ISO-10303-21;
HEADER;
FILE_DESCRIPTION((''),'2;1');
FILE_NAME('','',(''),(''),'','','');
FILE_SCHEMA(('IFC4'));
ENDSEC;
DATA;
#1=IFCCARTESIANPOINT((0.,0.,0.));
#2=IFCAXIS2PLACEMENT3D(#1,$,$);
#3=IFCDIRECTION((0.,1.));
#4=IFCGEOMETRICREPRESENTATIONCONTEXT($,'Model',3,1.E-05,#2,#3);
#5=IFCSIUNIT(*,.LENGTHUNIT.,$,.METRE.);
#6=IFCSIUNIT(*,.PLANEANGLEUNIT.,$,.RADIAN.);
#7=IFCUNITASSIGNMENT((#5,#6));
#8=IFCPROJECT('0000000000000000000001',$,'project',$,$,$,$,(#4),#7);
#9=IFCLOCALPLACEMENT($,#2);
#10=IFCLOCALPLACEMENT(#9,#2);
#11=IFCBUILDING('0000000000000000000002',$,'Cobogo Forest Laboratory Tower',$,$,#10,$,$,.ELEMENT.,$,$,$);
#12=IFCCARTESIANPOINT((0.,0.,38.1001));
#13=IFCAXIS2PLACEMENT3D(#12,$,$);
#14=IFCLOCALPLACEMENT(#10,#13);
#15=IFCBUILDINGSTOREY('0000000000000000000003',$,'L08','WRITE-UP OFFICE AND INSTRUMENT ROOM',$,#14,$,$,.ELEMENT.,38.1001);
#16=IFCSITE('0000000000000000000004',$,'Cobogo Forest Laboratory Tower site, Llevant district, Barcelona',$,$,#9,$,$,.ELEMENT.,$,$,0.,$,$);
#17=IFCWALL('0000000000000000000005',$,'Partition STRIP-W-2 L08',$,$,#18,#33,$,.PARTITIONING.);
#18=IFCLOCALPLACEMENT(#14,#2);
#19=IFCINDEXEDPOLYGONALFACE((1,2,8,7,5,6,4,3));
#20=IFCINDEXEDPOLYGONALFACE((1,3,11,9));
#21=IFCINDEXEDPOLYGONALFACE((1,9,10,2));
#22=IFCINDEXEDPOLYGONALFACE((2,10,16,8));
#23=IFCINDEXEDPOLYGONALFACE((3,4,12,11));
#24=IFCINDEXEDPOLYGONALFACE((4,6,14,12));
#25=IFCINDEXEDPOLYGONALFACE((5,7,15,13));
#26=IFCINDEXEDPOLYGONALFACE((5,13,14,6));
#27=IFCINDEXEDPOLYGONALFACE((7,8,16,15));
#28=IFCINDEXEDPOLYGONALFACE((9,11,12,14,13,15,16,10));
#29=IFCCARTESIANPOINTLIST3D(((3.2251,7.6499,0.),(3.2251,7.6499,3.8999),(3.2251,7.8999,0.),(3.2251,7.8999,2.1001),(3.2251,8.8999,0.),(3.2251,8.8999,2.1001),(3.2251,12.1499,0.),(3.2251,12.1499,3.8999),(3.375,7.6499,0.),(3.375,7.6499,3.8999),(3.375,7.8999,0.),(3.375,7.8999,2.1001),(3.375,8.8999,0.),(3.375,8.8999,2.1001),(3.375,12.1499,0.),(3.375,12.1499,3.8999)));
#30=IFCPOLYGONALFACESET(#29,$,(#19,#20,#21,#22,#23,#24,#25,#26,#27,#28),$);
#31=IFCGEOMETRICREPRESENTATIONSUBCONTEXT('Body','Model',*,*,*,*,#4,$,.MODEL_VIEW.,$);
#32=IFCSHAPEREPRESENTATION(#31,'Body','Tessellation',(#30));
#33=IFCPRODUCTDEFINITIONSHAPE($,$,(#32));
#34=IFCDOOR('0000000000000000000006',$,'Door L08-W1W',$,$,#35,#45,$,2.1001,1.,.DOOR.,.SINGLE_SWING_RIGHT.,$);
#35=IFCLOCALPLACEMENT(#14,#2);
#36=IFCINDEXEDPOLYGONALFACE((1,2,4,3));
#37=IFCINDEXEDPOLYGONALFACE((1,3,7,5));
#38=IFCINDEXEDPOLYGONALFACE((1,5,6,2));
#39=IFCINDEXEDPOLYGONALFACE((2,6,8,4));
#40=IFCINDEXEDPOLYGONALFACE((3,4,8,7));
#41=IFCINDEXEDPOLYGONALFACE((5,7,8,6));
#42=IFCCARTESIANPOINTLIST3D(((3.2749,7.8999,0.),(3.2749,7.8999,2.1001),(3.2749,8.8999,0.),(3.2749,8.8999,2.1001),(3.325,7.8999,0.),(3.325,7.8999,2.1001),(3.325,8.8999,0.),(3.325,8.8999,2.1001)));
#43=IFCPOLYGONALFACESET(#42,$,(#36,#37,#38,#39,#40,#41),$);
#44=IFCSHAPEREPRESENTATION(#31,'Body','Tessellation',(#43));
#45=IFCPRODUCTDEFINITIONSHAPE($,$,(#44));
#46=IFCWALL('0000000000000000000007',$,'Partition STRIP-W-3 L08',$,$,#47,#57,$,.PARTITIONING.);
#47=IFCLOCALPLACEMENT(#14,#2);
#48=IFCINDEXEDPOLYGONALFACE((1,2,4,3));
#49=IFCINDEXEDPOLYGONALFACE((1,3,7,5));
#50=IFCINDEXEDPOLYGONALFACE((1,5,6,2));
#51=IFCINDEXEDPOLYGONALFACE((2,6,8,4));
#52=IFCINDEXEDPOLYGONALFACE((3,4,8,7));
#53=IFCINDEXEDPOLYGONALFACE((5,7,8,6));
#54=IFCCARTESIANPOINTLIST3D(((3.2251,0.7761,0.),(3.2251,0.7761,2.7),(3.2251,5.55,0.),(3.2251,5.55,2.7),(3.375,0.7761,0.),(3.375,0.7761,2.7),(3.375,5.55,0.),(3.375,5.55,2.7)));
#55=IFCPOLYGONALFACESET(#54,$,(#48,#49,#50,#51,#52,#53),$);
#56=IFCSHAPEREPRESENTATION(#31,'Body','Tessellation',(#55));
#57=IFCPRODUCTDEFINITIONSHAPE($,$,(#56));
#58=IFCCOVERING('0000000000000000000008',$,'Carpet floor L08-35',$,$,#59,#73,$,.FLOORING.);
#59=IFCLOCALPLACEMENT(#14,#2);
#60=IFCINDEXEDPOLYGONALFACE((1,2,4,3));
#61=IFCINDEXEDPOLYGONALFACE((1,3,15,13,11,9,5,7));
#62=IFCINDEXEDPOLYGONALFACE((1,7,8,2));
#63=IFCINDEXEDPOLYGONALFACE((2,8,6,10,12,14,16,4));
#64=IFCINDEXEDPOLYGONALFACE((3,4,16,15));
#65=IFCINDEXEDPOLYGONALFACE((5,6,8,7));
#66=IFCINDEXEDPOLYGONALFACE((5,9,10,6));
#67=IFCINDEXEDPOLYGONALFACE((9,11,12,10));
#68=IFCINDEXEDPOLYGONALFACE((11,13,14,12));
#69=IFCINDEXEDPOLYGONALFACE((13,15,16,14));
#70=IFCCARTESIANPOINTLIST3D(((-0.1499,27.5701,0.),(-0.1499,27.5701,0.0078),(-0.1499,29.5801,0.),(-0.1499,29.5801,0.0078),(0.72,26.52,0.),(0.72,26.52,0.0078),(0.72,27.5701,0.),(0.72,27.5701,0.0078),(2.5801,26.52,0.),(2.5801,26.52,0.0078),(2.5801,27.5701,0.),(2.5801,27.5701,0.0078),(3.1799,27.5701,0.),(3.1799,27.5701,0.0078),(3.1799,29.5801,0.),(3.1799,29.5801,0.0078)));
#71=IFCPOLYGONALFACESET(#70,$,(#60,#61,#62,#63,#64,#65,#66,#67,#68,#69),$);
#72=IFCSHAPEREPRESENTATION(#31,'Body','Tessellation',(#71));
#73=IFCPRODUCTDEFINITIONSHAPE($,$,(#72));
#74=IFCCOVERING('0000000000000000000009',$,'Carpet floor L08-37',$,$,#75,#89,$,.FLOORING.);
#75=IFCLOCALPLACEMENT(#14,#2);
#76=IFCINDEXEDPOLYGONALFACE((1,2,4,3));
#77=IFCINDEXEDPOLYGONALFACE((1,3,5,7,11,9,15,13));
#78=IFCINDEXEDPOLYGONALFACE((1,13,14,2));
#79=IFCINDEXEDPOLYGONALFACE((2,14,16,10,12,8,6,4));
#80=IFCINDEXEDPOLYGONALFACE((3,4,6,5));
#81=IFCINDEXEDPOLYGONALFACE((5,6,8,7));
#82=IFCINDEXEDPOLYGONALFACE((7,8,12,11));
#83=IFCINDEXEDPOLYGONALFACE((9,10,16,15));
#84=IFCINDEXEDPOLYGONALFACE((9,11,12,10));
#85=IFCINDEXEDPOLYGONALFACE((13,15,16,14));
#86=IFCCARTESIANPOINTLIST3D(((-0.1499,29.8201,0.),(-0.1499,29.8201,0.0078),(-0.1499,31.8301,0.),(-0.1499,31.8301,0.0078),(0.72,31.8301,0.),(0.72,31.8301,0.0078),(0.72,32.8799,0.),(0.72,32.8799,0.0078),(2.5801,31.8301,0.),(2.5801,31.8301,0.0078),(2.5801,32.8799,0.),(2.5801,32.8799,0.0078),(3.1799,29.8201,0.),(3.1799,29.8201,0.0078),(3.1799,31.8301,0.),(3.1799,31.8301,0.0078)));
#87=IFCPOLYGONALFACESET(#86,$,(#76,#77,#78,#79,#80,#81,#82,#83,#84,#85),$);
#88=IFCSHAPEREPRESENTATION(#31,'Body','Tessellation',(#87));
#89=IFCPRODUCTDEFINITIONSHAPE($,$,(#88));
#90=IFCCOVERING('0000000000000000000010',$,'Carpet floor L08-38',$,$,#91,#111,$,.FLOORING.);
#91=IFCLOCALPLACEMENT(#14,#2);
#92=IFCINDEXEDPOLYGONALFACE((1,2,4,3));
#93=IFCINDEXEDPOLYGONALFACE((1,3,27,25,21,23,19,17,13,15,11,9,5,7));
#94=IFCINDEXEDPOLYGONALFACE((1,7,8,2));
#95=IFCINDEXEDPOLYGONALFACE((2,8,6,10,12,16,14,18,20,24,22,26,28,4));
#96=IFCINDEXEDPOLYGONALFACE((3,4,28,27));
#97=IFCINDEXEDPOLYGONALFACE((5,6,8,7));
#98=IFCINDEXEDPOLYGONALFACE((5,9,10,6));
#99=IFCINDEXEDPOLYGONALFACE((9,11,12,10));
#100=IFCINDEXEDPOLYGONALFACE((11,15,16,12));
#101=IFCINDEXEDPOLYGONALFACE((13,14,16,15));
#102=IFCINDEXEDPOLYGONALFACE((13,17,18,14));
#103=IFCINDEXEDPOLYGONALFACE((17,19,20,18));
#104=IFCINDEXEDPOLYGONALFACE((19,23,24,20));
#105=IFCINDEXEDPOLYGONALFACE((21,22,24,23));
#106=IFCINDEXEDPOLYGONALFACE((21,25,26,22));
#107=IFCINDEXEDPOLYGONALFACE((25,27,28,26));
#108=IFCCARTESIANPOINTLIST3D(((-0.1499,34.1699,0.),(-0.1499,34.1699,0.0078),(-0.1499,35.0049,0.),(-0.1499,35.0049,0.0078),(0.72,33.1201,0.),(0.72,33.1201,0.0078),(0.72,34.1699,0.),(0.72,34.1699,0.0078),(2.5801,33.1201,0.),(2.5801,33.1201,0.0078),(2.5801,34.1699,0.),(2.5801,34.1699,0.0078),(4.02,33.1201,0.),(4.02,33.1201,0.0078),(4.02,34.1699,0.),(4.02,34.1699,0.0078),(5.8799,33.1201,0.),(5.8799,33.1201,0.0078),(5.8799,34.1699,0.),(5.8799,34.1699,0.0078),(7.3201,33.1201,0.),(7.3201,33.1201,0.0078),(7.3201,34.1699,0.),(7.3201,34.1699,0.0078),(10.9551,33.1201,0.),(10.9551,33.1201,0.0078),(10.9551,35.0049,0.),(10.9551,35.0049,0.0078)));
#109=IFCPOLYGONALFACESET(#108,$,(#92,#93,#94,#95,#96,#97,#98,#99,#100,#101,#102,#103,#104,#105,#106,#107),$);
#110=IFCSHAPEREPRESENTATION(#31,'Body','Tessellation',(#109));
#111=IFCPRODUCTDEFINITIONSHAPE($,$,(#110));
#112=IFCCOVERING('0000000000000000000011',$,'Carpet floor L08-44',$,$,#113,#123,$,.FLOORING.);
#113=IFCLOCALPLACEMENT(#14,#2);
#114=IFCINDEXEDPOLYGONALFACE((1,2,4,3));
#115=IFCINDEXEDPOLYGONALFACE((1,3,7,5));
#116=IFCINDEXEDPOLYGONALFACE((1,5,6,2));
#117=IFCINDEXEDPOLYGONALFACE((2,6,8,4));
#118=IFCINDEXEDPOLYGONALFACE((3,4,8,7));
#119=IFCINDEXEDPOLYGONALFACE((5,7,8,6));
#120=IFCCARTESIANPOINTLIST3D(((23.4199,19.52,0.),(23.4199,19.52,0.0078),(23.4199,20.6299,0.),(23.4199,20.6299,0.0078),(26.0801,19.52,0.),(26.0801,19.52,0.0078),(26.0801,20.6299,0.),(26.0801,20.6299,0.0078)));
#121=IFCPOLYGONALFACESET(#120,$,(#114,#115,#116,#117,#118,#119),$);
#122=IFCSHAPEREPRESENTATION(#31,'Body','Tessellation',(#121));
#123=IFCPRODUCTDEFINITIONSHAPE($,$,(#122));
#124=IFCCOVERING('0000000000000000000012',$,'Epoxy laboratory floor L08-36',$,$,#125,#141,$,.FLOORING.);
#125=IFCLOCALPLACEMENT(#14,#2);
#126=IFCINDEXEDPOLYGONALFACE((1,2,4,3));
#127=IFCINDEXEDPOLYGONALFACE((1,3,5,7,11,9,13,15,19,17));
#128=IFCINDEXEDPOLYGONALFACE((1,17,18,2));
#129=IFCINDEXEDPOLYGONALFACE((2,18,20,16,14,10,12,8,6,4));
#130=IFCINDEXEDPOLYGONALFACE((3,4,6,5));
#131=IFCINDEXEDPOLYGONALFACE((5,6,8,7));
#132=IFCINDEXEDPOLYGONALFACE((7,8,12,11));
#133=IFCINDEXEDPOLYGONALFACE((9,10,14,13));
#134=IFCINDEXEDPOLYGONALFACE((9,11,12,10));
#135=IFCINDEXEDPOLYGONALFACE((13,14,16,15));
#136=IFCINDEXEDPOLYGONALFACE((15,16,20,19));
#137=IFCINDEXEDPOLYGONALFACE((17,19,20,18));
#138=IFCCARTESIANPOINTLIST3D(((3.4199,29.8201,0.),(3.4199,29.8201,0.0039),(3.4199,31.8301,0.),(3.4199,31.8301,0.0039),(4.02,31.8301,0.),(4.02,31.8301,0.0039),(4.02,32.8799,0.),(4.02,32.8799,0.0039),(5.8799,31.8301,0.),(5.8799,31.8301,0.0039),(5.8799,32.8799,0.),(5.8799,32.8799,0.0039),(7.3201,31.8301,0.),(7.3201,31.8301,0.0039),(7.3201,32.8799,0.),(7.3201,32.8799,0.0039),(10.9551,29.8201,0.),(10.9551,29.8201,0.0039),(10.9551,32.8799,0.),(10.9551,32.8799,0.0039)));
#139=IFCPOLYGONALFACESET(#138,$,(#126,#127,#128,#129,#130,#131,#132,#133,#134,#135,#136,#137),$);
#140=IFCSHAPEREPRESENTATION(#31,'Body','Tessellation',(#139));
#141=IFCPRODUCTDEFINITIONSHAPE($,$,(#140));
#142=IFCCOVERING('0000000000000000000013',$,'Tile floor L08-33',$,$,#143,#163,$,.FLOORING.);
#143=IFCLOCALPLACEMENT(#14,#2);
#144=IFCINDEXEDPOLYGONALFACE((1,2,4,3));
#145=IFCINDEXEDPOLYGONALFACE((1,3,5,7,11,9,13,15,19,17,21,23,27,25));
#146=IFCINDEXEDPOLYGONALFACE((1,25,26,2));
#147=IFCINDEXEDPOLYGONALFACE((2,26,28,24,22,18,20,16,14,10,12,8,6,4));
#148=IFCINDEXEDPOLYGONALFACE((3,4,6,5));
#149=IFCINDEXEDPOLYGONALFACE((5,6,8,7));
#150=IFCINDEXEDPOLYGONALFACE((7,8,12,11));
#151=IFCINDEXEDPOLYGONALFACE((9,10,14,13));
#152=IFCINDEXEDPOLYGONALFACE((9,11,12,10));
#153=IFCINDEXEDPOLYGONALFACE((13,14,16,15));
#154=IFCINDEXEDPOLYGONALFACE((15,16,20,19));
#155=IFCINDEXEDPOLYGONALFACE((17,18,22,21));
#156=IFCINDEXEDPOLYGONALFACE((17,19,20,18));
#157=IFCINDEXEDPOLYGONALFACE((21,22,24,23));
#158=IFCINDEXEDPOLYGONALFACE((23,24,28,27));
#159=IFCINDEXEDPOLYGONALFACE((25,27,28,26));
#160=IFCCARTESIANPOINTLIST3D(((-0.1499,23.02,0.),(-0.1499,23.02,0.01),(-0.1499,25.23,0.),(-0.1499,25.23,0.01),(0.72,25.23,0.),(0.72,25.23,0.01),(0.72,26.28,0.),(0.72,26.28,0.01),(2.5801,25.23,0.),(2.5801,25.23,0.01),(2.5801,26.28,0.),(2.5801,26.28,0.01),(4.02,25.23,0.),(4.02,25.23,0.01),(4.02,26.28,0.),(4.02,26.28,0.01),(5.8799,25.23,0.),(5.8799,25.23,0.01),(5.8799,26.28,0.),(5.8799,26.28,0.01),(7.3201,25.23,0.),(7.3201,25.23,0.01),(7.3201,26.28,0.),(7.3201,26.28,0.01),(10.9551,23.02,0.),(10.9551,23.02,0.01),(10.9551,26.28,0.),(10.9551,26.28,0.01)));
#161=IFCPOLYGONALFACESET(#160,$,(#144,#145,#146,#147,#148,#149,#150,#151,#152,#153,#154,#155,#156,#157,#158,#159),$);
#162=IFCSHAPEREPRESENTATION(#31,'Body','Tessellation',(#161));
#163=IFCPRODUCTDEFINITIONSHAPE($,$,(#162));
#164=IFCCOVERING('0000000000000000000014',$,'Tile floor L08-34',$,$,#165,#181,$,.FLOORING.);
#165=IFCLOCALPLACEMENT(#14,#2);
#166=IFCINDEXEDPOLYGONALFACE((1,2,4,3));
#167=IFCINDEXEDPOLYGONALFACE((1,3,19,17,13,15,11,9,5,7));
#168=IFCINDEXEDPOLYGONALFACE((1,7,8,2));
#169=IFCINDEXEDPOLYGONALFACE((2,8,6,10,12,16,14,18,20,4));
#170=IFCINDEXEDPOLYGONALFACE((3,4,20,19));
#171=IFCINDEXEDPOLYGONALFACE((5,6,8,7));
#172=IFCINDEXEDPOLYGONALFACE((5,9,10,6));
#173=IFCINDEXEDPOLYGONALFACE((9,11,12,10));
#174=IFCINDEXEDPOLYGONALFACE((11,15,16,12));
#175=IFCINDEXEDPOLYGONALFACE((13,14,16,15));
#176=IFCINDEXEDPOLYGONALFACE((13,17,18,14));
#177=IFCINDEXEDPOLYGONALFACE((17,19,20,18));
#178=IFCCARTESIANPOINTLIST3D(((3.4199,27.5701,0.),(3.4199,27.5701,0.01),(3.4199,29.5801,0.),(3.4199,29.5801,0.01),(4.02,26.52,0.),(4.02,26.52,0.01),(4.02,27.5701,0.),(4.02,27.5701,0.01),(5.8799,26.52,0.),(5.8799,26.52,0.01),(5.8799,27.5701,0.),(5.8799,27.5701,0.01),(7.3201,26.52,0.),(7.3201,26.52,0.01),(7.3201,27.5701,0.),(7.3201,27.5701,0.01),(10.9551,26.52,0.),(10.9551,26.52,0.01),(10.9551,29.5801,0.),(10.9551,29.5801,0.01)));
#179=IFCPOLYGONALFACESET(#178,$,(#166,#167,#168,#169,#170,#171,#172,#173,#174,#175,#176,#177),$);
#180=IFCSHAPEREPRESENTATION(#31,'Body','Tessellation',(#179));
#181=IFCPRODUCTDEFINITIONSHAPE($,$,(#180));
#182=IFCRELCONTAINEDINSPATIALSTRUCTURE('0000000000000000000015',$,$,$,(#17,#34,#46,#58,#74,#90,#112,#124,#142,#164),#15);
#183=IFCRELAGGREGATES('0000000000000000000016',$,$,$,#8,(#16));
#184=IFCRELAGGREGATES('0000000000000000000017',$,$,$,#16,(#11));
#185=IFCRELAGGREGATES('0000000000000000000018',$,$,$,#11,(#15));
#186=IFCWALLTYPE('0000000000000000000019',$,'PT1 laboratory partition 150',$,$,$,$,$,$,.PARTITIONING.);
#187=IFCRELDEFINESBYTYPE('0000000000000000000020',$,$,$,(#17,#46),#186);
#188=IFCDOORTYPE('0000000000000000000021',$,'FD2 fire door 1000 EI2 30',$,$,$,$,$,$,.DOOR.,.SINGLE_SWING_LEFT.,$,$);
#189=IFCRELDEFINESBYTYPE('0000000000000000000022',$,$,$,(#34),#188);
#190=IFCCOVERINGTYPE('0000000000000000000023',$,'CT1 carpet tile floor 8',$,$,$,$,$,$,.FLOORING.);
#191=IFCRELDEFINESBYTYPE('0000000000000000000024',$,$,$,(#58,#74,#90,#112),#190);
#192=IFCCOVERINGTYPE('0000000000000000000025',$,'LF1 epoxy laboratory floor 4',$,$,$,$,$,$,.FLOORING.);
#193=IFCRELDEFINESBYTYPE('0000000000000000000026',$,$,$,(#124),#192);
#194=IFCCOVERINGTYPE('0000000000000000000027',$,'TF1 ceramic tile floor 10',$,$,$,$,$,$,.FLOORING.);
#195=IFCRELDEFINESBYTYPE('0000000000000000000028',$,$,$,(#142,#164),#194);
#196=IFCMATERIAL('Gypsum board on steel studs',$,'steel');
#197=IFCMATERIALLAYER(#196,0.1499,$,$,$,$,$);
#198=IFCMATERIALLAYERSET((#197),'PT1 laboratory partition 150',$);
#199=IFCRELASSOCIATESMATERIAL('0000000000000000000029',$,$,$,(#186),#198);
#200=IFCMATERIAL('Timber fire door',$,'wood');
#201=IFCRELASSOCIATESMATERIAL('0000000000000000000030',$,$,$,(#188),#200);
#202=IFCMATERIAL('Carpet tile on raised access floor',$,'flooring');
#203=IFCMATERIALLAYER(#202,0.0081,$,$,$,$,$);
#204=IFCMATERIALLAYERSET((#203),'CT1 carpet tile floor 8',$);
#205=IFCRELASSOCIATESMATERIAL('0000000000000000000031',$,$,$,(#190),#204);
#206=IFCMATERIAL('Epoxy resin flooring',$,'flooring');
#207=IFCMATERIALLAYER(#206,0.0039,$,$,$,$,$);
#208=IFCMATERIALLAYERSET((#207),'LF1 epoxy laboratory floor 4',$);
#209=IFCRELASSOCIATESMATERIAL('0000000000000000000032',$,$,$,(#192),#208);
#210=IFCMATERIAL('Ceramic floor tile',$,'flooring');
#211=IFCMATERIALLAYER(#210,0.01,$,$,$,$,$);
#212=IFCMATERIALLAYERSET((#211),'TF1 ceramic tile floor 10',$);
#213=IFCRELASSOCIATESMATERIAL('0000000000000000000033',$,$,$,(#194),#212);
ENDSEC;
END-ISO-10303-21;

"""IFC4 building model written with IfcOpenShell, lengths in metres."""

from ifc_helpers import new_model, si_unit, direction, frame, frame_2d, origin, place, context, subcontext, project, spatial, polyline, rectangle, outline, extrude, material, layer, layer_set, type_object, element, fill, save


model = new_model("IFC4")

# Units and contexts
model_context = context("Model", 3, precision=1e-05, world=origin(), true_north=direction((0.0, 1.0)))
body_context = subcontext(model_context, "Body", "Model", "MODEL_VIEW")
ifc_project = project(units=[si_unit("LENGTHUNIT", "METRE"), si_unit("PLANEANGLEUNIT", "RADIAN")], contexts=[model_context])

# Site, building, storey
site_placement = place(None, origin())
site = spatial("IfcSite", under=ifc_project, at=site_placement, Name="Cobogo Forest Laboratory Tower site, Llevant district, Barcelona", CompositionType="ELEMENT", RefElevation=0.0)
building_placement = place(site_placement, origin())
building = spatial("IfcBuilding", under=site, at=building_placement, Name="Cobogo Forest Laboratory Tower", CompositionType="ELEMENT")
storey_placement = place(building_placement, frame((0.0, 0.0, 38.1001)))
storey = spatial("IfcBuildingStorey", under=building, at=storey_placement, Name="L08", Description="WRITE-UP OFFICE AND INSTRUMENT ROOM", CompositionType="ELEMENT", Elevation=38.1001)

# Wall, opening, door
ifc_material_1 = material(Name="Gypsum board on steel studs", Category="steel")
ifc_layer_1 = layer(ifc_material_1, 0.1499)
ifc_layer_set_1 = layer_set([ifc_layer_1], Name="PT1 laboratory partition 150")
wall_type = type_object("IfcWallType", Name="PT1 laboratory partition 150", PredefinedType="PARTITIONING", material=ifc_layer_set_1)
wall_1_placement = place(storey_placement, frame((3.3, 12.1499, 0.0), z_axis=(0.0, 0.0, 1.0), x_axis=(0.0, -1.0, 0.0)))
wall_1 = element("IfcWall", 1, at=wall_1_placement, inside=storey, type_object=wall_type, Name="Partition STRIP-W-2 L08", PredefinedType="PARTITIONING", context=body_context, shape_type="SweptSolid", body=[
    extrude(rectangle(XDim=4.5, YDim=0.1499, at=frame_2d((2.25, 0.0))), origin(), (0.0, 0.0, 1.0), 3.8999),
])
opening_placement = place(wall_1_placement, frame((3.25, 0.0, 0.0)))
opening = element("IfcOpeningElement", 2, at=opening_placement, cuts=wall_1, PredefinedType="OPENING", context=body_context, shape_type="SweptSolid", body=[
    extrude(rectangle(XDim=1.0, YDim=2.1001, at=frame_2d((0.5, 1.05))), frame((0.0, 0.085, 0.0), z_axis=(0.0, -1.0, 0.0), x_axis=(1.0, 0.0, 0.0)), (0.0, 0.0, 1.0), 0.1699),
])
ifc_material_2 = material(Name="Timber fire door", Category="wood")
door_type = type_object("IfcDoorType", Name="FD2 fire door 1000 EI2 30", OperationType="SINGLE_SWING_LEFT", PredefinedType="DOOR", material=ifc_material_2)
door_placement = place(opening_placement, origin())
door = element("IfcDoor", 3, at=door_placement, inside=storey, type_object=door_type, Name="Door L08-W1W", OperationType="SINGLE_SWING_RIGHT", OverallHeight=2.1001, OverallWidth=1.0, PredefinedType="DOOR", context=body_context, shape_type="SweptSolid", body=[
    extrude(rectangle(XDim=1.0, YDim=2.1001, at=frame_2d((0.5, 1.05))), frame((0.0, 0.0249, 0.0), z_axis=(0.0, -1.0, 0.0), x_axis=(1.0, 0.0, 0.0)), (0.0, 0.0, 1.0), 0.05),
])
fill(opening, door)

# Wall
wall_2_placement = place(storey_placement, frame((3.3, 5.55, 0.0), z_axis=(0.0, 0.0, 1.0), x_axis=(0.0, -1.0, 0.0)))
element("IfcWall", 4, at=wall_2_placement, inside=storey, type_object=wall_type, Name="Partition STRIP-W-3 L08", PredefinedType="PARTITIONING", context=body_context, shape_type="SweptSolid", body=[
    extrude(rectangle(XDim=4.7739, YDim=0.1499, at=frame_2d((2.387, 0.0))), origin(), (0.0, 0.0, 1.0), 2.7),
])

# Coverings
ifc_material_3 = material(Name="Carpet tile on raised access floor", Category="flooring")
ifc_layer_2 = layer(ifc_material_3, 0.0081)
ifc_layer_set_2 = layer_set([ifc_layer_2], Name="CT1 carpet tile floor 8")
covering_type_1 = type_object("IfcCoveringType", Name="CT1 carpet tile floor 8", PredefinedType="FLOORING", material=ifc_layer_set_2)
covering_1_placement = place(storey_placement, origin())
element("IfcCovering", 5, at=covering_1_placement, inside=storey, type_object=covering_type_1, Name="Carpet floor L08-35", PredefinedType="FLOORING", context=body_context, shape_type="SweptSolid", body=[
    extrude(outline(polyline([(3.1799, 27.5701), (2.5801, 27.5701), (2.5801, 26.52), (0.72, 26.52), (0.72, 27.5701), (-0.1499, 27.5701), (-0.1499, 29.5801), (3.1799, 29.5801), (3.1799, 27.5701)])), origin(), (0.0, 0.0, 1.0), 0.0078),
])
covering_2_placement = place(storey_placement, origin())
element("IfcCovering", 6, at=covering_2_placement, inside=storey, type_object=covering_type_1, Name="Carpet floor L08-37", PredefinedType="FLOORING", context=body_context, shape_type="SweptSolid", body=[
    extrude(outline(polyline([(3.1799, 29.8201), (-0.1499, 29.8201), (-0.1499, 31.8301), (0.72, 31.8301), (0.72, 32.8799), (2.5801, 32.8799), (2.5801, 31.8301), (3.1799, 31.8301), (3.1799, 29.8201)])), origin(), (0.0, 0.0, 1.0), 0.0078),
])
covering_3_placement = place(storey_placement, origin())
element("IfcCovering", 7, at=covering_3_placement, inside=storey, type_object=covering_type_1, Name="Carpet floor L08-38", PredefinedType="FLOORING", context=body_context, shape_type="SweptSolid", body=[
    extrude(outline(polyline([(10.9551, 33.1201), (7.3201, 33.1201), (7.3201, 34.1699), (5.8799, 34.1699), (5.8799, 33.1201), (4.02, 33.1201), (4.02, 34.1699), (2.5801, 34.1699), (2.5801, 33.1201), (0.72, 33.1201), (0.72, 34.1699), (-0.1499, 34.1699), (-0.1499, 35.0049), (10.9551, 35.0049), (10.9551, 33.1201)])), origin(), (0.0, 0.0, 1.0), 0.0078),
])
covering_4_placement = place(storey_placement, origin())
element("IfcCovering", 8, at=covering_4_placement, inside=storey, type_object=covering_type_1, Name="Carpet floor L08-44", PredefinedType="FLOORING", context=body_context, shape_type="SweptSolid", body=[
    extrude(outline(polyline([(26.0801, 19.52), (23.4199, 19.52), (23.4199, 20.6299), (26.0801, 20.6299), (26.0801, 19.52)])), origin(), (0.0, 0.0, 1.0), 0.0078),
])
ifc_material_4 = material(Name="Epoxy resin flooring", Category="flooring")
ifc_layer_3 = layer(ifc_material_4, 0.0039)
ifc_layer_set_3 = layer_set([ifc_layer_3], Name="LF1 epoxy laboratory floor 4")
covering_type_2 = type_object("IfcCoveringType", Name="LF1 epoxy laboratory floor 4", PredefinedType="FLOORING", material=ifc_layer_set_3)
covering_5_placement = place(storey_placement, origin())
element("IfcCovering", 9, at=covering_5_placement, inside=storey, type_object=covering_type_2, Name="Epoxy laboratory floor L08-36", PredefinedType="FLOORING", context=body_context, shape_type="SweptSolid", body=[
    extrude(outline(polyline([(3.4199, 31.8301), (4.02, 31.8301), (4.02, 32.8799), (5.8799, 32.8799), (5.8799, 31.8301), (7.3201, 31.8301), (7.3201, 32.8799), (10.9551, 32.8799), (10.9551, 29.8201), (3.4199, 29.8201), (3.4199, 31.8301)])), origin(), (0.0, 0.0, 1.0), 0.0039),
])
ifc_material_5 = material(Name="Ceramic floor tile", Category="flooring")
ifc_layer_4 = layer(ifc_material_5, 0.01)
ifc_layer_set_4 = layer_set([ifc_layer_4], Name="TF1 ceramic tile floor 10")
covering_type_3 = type_object("IfcCoveringType", Name="TF1 ceramic tile floor 10", PredefinedType="FLOORING", material=ifc_layer_set_4)
covering_6_placement = place(storey_placement, origin())
element("IfcCovering", 10, at=covering_6_placement, inside=storey, type_object=covering_type_3, Name="Tile floor L08-33", PredefinedType="FLOORING", context=body_context, shape_type="SweptSolid", body=[
    extrude(outline(polyline([(10.9551, 23.02), (-0.1499, 23.02), (-0.1499, 25.23), (0.72, 25.23), (0.72, 26.28), (2.5801, 26.28), (2.5801, 25.23), (4.02, 25.23), (4.02, 26.28), (5.8799, 26.28), (5.8799, 25.23), (7.3201, 25.23), (7.3201, 26.28), (10.9551, 26.28), (10.9551, 23.02)])), origin(), (0.0, 0.0, 1.0), 0.01),
])
covering_7_placement = place(storey_placement, origin())
element("IfcCovering", 11, at=covering_7_placement, inside=storey, type_object=covering_type_3, Name="Tile floor L08-34", PredefinedType="FLOORING", context=body_context, shape_type="SweptSolid", body=[
    extrude(outline(polyline([(3.4199, 29.5801), (10.9551, 29.5801), (10.9551, 26.52), (7.3201, 26.52), (7.3201, 27.5701), (5.8799, 27.5701), (5.8799, 26.52), (4.02, 26.52), (4.02, 27.5701), (3.4199, 27.5701), (3.4199, 29.5801)])), origin(), (0.0, 0.0, 1.0), 0.01),
])

save(model, "model.ifc")
